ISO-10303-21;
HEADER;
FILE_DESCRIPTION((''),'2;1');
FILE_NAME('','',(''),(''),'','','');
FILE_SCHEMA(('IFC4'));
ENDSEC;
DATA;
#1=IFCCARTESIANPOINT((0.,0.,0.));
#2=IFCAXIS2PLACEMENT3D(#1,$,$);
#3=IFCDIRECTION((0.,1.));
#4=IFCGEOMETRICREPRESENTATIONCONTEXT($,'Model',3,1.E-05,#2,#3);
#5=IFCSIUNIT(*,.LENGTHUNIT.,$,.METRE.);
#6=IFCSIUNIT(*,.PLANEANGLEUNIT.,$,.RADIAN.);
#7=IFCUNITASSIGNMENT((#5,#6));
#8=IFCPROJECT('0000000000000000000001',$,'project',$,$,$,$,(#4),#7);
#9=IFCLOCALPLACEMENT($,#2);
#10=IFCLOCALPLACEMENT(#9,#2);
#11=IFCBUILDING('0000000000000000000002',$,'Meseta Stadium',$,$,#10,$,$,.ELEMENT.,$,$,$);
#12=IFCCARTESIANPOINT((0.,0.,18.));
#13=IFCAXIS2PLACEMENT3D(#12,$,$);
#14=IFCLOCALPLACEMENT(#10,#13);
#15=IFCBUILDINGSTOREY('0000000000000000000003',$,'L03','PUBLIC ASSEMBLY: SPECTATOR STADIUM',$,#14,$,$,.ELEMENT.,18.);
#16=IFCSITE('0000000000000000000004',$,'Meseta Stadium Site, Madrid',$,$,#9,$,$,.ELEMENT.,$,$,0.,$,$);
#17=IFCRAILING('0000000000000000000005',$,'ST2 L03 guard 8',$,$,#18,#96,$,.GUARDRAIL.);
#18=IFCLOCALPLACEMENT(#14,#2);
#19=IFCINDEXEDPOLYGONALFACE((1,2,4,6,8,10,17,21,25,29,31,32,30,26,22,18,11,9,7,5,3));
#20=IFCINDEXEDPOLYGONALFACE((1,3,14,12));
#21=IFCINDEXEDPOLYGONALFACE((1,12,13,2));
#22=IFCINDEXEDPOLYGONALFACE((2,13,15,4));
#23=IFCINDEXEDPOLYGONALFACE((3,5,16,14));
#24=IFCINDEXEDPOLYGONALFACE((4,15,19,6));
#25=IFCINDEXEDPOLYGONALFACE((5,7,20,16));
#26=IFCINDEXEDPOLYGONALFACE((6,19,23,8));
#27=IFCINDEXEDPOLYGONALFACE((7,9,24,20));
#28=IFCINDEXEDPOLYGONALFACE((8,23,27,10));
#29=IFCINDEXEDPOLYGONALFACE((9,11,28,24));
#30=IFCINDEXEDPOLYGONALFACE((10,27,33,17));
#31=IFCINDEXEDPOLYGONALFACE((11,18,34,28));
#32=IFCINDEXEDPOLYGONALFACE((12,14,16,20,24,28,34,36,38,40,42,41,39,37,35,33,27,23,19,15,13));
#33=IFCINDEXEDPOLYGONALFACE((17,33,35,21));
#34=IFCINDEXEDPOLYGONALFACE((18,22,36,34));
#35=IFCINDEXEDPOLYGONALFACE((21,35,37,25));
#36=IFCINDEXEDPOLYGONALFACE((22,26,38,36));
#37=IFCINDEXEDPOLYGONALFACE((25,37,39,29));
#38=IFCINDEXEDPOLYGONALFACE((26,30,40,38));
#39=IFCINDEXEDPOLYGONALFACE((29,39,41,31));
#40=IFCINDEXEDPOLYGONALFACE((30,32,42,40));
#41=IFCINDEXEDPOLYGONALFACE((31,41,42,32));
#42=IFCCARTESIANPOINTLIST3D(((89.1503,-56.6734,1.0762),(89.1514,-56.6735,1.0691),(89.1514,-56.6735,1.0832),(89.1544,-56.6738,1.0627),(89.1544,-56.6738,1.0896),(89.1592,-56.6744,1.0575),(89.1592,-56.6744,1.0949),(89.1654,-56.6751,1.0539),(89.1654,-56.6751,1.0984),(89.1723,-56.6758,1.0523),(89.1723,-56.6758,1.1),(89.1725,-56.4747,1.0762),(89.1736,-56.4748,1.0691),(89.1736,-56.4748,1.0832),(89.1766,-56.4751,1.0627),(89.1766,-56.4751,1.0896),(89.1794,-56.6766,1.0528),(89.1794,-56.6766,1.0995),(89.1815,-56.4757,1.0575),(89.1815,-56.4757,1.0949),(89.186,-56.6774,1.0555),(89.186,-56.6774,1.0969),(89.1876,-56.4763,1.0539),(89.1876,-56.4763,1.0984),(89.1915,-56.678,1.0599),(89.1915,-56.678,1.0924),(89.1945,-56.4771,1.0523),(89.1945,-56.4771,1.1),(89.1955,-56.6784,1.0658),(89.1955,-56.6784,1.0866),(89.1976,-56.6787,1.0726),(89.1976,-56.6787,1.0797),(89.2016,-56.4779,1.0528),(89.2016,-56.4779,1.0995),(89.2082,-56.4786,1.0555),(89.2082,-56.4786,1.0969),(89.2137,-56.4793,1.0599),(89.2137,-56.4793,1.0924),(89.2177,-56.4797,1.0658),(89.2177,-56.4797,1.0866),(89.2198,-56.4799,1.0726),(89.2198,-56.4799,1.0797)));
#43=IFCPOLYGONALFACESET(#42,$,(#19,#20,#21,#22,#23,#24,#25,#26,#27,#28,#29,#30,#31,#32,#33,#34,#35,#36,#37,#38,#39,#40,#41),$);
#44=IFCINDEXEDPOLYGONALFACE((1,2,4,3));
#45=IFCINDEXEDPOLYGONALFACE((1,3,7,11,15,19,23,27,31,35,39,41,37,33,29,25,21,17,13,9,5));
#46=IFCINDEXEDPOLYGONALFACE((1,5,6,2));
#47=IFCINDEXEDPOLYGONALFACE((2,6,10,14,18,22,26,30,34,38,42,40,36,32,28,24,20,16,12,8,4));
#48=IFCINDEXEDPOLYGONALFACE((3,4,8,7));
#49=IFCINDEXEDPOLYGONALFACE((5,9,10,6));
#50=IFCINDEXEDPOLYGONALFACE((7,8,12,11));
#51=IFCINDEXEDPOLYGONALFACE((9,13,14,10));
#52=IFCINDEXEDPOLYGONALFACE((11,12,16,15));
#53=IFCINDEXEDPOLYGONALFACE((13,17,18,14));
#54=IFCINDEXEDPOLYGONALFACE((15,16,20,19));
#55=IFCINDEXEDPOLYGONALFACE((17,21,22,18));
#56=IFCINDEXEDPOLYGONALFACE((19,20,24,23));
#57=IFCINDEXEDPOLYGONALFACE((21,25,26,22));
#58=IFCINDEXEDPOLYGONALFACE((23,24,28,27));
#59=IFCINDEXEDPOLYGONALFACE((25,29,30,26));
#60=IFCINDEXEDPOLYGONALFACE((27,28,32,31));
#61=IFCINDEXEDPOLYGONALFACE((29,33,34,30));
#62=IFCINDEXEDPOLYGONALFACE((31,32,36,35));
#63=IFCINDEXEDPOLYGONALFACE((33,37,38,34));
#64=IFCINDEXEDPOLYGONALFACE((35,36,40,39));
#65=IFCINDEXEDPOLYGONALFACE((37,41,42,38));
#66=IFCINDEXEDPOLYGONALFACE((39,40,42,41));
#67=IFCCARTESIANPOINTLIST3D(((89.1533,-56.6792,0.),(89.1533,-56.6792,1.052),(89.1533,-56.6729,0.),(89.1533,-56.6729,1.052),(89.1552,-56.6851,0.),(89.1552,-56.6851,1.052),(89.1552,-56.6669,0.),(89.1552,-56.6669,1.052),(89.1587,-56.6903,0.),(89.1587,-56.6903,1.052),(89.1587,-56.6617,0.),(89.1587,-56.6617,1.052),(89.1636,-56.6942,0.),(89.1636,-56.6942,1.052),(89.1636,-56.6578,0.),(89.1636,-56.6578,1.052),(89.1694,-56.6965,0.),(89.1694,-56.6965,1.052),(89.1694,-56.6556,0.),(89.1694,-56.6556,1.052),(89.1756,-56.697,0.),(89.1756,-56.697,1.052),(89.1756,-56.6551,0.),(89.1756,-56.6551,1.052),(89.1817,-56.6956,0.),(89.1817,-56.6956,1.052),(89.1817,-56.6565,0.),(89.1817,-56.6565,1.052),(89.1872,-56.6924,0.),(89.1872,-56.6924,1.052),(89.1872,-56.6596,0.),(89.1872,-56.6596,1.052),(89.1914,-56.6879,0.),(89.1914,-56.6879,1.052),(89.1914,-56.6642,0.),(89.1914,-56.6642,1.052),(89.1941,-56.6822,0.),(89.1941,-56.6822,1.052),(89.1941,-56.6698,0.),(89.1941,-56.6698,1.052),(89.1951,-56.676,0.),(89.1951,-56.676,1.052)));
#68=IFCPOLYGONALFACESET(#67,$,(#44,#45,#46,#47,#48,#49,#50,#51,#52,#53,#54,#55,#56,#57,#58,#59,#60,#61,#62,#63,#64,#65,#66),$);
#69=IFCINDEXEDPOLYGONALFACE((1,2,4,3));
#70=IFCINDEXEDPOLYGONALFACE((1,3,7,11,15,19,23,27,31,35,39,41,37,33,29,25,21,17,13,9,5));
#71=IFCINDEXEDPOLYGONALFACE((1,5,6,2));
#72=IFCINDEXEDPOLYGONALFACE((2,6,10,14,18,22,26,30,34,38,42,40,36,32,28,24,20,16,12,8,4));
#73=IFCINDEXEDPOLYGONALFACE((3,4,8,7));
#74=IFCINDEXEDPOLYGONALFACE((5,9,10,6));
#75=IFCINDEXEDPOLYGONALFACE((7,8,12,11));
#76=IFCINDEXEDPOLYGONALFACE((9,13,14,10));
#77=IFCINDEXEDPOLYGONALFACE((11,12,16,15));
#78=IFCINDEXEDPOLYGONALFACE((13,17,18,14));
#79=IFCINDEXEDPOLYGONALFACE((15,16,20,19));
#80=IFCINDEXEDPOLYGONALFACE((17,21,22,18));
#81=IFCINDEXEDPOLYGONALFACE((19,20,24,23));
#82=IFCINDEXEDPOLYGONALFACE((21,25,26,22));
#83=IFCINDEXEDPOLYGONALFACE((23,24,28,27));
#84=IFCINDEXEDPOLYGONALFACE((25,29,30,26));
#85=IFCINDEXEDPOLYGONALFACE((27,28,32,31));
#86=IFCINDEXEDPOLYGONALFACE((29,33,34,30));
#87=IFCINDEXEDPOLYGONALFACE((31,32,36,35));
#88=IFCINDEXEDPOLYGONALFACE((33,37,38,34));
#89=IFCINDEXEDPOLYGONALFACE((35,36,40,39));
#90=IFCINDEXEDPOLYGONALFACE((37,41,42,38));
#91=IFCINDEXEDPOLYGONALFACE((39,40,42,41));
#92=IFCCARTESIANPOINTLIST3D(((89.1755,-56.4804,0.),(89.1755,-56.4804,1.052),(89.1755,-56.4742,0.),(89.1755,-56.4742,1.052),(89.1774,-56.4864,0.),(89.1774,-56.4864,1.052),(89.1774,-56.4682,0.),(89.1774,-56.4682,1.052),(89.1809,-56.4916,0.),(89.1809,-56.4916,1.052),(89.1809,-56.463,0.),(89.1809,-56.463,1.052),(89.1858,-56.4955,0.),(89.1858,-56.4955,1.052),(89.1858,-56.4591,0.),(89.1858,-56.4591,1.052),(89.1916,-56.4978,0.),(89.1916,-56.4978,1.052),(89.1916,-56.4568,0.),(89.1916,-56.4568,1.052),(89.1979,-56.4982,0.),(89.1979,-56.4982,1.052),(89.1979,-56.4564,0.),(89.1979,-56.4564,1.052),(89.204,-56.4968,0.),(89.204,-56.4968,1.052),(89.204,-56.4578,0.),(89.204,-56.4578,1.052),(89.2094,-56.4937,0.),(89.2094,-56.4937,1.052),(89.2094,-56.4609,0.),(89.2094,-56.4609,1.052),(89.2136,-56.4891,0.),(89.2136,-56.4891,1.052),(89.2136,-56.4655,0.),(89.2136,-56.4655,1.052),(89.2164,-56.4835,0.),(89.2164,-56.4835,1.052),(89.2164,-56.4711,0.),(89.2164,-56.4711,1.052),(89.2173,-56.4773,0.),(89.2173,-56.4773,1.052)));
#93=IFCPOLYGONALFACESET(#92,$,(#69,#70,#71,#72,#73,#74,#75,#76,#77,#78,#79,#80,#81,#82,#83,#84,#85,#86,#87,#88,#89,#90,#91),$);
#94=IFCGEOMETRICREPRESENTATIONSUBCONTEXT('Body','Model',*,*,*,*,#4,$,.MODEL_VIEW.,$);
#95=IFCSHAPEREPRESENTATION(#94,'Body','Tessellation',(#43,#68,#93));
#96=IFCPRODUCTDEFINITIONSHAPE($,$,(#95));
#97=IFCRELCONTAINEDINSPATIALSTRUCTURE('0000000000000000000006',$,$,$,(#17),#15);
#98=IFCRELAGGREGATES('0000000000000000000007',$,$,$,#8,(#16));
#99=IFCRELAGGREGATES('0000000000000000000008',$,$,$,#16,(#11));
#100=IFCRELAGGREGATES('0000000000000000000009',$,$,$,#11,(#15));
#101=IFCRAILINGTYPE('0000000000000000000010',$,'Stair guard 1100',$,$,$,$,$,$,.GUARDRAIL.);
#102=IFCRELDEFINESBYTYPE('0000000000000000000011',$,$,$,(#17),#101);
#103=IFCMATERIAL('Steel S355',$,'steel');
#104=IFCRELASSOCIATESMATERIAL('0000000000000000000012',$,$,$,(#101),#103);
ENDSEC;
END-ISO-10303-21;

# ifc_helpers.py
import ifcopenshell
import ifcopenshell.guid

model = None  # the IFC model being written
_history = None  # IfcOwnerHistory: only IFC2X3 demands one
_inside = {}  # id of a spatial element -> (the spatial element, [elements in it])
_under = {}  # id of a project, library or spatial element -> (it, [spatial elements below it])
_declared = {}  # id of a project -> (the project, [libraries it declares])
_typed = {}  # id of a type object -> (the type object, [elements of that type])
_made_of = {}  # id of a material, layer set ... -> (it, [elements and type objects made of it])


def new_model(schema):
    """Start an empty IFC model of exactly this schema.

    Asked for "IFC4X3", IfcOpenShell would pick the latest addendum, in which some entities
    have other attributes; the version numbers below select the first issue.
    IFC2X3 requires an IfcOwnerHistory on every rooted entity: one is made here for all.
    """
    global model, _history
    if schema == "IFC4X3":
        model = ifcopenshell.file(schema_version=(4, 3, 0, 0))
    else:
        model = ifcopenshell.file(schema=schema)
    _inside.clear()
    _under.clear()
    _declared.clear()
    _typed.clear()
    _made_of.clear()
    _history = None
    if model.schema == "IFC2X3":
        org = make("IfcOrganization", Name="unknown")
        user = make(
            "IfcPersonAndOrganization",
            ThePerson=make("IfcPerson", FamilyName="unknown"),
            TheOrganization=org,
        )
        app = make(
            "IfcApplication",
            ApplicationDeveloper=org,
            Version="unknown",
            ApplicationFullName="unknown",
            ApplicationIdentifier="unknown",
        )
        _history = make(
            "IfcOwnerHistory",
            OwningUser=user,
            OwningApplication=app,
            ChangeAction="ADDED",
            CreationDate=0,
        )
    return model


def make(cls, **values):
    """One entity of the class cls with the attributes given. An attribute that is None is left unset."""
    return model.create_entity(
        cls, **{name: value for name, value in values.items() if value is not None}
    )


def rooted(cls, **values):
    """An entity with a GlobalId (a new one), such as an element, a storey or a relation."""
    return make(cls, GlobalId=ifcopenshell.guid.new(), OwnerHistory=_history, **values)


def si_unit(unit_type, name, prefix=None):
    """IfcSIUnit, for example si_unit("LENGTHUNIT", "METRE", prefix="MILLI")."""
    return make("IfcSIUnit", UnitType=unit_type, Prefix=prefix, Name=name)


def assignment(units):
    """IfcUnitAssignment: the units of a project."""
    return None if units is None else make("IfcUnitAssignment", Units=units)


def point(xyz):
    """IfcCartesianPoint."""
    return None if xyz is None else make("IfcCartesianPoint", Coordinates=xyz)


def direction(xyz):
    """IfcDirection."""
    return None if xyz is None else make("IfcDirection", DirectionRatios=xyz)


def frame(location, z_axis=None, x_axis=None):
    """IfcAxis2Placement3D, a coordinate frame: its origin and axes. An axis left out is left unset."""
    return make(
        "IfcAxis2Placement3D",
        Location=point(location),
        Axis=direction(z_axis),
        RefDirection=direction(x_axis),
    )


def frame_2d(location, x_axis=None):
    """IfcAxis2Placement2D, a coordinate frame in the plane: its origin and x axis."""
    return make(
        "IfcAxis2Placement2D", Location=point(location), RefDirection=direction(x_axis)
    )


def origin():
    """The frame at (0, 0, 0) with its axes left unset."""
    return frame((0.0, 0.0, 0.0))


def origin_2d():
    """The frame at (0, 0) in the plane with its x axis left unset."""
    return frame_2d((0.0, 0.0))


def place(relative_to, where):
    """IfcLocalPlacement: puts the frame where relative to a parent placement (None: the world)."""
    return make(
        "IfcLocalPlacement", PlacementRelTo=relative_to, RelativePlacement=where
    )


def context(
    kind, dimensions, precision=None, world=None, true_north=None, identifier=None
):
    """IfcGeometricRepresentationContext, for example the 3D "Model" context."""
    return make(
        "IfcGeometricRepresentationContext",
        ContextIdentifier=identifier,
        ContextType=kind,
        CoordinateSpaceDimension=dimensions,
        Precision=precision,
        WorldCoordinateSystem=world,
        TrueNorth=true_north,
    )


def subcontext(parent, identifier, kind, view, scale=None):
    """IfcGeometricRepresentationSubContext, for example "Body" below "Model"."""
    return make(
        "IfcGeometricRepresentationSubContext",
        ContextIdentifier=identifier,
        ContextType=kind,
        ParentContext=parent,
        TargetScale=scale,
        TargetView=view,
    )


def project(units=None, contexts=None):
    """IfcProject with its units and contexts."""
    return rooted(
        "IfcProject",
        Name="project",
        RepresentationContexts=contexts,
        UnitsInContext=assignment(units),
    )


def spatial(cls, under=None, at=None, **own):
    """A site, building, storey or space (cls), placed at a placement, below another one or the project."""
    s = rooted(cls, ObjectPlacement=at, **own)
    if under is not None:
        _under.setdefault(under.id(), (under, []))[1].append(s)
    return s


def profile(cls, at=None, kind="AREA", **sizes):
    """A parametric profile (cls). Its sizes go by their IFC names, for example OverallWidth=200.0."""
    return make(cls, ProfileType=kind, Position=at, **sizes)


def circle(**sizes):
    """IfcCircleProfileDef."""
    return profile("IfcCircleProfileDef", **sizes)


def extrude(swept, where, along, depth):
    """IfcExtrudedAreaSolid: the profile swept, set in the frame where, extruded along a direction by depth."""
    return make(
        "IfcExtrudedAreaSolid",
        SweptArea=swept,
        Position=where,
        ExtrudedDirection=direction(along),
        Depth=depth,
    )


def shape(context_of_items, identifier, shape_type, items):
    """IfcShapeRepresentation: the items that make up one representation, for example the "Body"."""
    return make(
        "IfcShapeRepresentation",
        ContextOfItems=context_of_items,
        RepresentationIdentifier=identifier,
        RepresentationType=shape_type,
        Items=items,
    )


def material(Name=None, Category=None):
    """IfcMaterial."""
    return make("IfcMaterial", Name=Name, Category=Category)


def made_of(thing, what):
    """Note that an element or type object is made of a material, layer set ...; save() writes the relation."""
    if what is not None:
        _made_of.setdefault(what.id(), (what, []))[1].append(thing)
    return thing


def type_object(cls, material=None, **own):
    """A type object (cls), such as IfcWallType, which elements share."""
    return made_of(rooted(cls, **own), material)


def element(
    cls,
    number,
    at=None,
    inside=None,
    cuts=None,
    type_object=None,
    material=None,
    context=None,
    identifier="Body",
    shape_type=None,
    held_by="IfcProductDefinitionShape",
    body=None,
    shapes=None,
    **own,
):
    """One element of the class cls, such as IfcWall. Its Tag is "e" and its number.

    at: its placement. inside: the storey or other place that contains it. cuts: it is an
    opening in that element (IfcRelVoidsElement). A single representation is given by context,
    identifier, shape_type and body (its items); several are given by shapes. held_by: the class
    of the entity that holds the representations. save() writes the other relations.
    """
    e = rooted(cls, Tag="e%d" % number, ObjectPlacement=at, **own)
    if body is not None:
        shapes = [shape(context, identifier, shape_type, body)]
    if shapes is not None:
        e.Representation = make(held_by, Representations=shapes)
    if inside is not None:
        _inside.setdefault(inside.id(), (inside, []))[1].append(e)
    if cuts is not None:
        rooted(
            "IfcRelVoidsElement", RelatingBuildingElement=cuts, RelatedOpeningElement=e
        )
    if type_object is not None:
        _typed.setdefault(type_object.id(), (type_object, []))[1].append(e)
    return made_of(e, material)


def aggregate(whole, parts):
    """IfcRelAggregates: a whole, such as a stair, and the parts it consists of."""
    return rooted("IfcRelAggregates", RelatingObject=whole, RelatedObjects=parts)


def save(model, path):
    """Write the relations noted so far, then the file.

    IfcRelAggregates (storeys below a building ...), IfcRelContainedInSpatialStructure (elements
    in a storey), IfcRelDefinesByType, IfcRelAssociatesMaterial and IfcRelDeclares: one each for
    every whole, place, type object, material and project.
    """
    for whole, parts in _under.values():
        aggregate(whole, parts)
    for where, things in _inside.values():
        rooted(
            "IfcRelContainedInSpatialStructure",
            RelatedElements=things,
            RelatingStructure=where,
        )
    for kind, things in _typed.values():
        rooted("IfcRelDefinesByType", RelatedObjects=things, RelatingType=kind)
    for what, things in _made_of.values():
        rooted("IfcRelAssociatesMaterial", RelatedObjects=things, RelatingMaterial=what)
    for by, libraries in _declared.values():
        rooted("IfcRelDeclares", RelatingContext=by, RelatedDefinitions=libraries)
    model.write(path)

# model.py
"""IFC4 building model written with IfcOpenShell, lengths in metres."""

from ifc_helpers import new_model, si_unit, direction, frame, origin, origin_2d, place, context, subcontext, project, spatial, circle, extrude, material, type_object, element, save


model = new_model("IFC4")

# Units and contexts
model_context = context("Model", 3, precision=1e-05, world=origin(), true_north=direction((0.0, 1.0)))
body_context = subcontext(model_context, "Body", "Model", "MODEL_VIEW")
ifc_project = project(units=[si_unit("LENGTHUNIT", "METRE"), si_unit("PLANEANGLEUNIT", "RADIAN")], contexts=[model_context])

# Site, building, storey
site_placement = place(None, origin())
site = spatial("IfcSite", under=ifc_project, at=site_placement, Name="Meseta Stadium Site, Madrid", CompositionType="ELEMENT", RefElevation=0.0)
building_placement = place(site_placement, origin())
building = spatial("IfcBuilding", under=site, at=building_placement, Name="Meseta Stadium", CompositionType="ELEMENT")
storey_placement = place(building_placement, frame((0.0, 0.0, 18.0)))
storey = spatial("IfcBuildingStorey", under=building, at=storey_placement, Name="L03", Description="PUBLIC ASSEMBLY: SPECTATOR STADIUM", CompositionType="ELEMENT", Elevation=18.0)

# Railing
ifc_material_1 = material(Name="Steel S355", Category="steel")
railing_type = type_object("IfcRailingType", Name="Stair guard 1100", PredefinedType="GUARDRAIL", material=ifc_material_1)
railing_1_placement = place(storey_placement, frame((89.1741, -56.676, 0.0)))
element("IfcRailing", 1, at=railing_1_placement, inside=storey, type_object=railing_type, Name="ST2 L03 guard 8", PredefinedType="GUARDRAIL", context=body_context, shape_type="SweptSolid", body=[
    extrude(circle(Radius=0.0239, at=origin_2d()), frame((0.0, 0.0, 1.0762), z_axis=(0.111102, 0.993809, 0.0), x_axis=(-0.993809, 0.111102, 0.0)), (0.0, 0.0, 1.0), 0.2),
    extrude(circle(Radius=0.021, at=origin_2d()), origin(), (0.0, 0.0, 1.0), 1.052),
    extrude(circle(Radius=0.021, at=origin_2d()), frame((0.0222, 0.1987, 0.0)), (0.0, 0.0, 1.0), 1.052),
])

save(model, "model.ifc")
